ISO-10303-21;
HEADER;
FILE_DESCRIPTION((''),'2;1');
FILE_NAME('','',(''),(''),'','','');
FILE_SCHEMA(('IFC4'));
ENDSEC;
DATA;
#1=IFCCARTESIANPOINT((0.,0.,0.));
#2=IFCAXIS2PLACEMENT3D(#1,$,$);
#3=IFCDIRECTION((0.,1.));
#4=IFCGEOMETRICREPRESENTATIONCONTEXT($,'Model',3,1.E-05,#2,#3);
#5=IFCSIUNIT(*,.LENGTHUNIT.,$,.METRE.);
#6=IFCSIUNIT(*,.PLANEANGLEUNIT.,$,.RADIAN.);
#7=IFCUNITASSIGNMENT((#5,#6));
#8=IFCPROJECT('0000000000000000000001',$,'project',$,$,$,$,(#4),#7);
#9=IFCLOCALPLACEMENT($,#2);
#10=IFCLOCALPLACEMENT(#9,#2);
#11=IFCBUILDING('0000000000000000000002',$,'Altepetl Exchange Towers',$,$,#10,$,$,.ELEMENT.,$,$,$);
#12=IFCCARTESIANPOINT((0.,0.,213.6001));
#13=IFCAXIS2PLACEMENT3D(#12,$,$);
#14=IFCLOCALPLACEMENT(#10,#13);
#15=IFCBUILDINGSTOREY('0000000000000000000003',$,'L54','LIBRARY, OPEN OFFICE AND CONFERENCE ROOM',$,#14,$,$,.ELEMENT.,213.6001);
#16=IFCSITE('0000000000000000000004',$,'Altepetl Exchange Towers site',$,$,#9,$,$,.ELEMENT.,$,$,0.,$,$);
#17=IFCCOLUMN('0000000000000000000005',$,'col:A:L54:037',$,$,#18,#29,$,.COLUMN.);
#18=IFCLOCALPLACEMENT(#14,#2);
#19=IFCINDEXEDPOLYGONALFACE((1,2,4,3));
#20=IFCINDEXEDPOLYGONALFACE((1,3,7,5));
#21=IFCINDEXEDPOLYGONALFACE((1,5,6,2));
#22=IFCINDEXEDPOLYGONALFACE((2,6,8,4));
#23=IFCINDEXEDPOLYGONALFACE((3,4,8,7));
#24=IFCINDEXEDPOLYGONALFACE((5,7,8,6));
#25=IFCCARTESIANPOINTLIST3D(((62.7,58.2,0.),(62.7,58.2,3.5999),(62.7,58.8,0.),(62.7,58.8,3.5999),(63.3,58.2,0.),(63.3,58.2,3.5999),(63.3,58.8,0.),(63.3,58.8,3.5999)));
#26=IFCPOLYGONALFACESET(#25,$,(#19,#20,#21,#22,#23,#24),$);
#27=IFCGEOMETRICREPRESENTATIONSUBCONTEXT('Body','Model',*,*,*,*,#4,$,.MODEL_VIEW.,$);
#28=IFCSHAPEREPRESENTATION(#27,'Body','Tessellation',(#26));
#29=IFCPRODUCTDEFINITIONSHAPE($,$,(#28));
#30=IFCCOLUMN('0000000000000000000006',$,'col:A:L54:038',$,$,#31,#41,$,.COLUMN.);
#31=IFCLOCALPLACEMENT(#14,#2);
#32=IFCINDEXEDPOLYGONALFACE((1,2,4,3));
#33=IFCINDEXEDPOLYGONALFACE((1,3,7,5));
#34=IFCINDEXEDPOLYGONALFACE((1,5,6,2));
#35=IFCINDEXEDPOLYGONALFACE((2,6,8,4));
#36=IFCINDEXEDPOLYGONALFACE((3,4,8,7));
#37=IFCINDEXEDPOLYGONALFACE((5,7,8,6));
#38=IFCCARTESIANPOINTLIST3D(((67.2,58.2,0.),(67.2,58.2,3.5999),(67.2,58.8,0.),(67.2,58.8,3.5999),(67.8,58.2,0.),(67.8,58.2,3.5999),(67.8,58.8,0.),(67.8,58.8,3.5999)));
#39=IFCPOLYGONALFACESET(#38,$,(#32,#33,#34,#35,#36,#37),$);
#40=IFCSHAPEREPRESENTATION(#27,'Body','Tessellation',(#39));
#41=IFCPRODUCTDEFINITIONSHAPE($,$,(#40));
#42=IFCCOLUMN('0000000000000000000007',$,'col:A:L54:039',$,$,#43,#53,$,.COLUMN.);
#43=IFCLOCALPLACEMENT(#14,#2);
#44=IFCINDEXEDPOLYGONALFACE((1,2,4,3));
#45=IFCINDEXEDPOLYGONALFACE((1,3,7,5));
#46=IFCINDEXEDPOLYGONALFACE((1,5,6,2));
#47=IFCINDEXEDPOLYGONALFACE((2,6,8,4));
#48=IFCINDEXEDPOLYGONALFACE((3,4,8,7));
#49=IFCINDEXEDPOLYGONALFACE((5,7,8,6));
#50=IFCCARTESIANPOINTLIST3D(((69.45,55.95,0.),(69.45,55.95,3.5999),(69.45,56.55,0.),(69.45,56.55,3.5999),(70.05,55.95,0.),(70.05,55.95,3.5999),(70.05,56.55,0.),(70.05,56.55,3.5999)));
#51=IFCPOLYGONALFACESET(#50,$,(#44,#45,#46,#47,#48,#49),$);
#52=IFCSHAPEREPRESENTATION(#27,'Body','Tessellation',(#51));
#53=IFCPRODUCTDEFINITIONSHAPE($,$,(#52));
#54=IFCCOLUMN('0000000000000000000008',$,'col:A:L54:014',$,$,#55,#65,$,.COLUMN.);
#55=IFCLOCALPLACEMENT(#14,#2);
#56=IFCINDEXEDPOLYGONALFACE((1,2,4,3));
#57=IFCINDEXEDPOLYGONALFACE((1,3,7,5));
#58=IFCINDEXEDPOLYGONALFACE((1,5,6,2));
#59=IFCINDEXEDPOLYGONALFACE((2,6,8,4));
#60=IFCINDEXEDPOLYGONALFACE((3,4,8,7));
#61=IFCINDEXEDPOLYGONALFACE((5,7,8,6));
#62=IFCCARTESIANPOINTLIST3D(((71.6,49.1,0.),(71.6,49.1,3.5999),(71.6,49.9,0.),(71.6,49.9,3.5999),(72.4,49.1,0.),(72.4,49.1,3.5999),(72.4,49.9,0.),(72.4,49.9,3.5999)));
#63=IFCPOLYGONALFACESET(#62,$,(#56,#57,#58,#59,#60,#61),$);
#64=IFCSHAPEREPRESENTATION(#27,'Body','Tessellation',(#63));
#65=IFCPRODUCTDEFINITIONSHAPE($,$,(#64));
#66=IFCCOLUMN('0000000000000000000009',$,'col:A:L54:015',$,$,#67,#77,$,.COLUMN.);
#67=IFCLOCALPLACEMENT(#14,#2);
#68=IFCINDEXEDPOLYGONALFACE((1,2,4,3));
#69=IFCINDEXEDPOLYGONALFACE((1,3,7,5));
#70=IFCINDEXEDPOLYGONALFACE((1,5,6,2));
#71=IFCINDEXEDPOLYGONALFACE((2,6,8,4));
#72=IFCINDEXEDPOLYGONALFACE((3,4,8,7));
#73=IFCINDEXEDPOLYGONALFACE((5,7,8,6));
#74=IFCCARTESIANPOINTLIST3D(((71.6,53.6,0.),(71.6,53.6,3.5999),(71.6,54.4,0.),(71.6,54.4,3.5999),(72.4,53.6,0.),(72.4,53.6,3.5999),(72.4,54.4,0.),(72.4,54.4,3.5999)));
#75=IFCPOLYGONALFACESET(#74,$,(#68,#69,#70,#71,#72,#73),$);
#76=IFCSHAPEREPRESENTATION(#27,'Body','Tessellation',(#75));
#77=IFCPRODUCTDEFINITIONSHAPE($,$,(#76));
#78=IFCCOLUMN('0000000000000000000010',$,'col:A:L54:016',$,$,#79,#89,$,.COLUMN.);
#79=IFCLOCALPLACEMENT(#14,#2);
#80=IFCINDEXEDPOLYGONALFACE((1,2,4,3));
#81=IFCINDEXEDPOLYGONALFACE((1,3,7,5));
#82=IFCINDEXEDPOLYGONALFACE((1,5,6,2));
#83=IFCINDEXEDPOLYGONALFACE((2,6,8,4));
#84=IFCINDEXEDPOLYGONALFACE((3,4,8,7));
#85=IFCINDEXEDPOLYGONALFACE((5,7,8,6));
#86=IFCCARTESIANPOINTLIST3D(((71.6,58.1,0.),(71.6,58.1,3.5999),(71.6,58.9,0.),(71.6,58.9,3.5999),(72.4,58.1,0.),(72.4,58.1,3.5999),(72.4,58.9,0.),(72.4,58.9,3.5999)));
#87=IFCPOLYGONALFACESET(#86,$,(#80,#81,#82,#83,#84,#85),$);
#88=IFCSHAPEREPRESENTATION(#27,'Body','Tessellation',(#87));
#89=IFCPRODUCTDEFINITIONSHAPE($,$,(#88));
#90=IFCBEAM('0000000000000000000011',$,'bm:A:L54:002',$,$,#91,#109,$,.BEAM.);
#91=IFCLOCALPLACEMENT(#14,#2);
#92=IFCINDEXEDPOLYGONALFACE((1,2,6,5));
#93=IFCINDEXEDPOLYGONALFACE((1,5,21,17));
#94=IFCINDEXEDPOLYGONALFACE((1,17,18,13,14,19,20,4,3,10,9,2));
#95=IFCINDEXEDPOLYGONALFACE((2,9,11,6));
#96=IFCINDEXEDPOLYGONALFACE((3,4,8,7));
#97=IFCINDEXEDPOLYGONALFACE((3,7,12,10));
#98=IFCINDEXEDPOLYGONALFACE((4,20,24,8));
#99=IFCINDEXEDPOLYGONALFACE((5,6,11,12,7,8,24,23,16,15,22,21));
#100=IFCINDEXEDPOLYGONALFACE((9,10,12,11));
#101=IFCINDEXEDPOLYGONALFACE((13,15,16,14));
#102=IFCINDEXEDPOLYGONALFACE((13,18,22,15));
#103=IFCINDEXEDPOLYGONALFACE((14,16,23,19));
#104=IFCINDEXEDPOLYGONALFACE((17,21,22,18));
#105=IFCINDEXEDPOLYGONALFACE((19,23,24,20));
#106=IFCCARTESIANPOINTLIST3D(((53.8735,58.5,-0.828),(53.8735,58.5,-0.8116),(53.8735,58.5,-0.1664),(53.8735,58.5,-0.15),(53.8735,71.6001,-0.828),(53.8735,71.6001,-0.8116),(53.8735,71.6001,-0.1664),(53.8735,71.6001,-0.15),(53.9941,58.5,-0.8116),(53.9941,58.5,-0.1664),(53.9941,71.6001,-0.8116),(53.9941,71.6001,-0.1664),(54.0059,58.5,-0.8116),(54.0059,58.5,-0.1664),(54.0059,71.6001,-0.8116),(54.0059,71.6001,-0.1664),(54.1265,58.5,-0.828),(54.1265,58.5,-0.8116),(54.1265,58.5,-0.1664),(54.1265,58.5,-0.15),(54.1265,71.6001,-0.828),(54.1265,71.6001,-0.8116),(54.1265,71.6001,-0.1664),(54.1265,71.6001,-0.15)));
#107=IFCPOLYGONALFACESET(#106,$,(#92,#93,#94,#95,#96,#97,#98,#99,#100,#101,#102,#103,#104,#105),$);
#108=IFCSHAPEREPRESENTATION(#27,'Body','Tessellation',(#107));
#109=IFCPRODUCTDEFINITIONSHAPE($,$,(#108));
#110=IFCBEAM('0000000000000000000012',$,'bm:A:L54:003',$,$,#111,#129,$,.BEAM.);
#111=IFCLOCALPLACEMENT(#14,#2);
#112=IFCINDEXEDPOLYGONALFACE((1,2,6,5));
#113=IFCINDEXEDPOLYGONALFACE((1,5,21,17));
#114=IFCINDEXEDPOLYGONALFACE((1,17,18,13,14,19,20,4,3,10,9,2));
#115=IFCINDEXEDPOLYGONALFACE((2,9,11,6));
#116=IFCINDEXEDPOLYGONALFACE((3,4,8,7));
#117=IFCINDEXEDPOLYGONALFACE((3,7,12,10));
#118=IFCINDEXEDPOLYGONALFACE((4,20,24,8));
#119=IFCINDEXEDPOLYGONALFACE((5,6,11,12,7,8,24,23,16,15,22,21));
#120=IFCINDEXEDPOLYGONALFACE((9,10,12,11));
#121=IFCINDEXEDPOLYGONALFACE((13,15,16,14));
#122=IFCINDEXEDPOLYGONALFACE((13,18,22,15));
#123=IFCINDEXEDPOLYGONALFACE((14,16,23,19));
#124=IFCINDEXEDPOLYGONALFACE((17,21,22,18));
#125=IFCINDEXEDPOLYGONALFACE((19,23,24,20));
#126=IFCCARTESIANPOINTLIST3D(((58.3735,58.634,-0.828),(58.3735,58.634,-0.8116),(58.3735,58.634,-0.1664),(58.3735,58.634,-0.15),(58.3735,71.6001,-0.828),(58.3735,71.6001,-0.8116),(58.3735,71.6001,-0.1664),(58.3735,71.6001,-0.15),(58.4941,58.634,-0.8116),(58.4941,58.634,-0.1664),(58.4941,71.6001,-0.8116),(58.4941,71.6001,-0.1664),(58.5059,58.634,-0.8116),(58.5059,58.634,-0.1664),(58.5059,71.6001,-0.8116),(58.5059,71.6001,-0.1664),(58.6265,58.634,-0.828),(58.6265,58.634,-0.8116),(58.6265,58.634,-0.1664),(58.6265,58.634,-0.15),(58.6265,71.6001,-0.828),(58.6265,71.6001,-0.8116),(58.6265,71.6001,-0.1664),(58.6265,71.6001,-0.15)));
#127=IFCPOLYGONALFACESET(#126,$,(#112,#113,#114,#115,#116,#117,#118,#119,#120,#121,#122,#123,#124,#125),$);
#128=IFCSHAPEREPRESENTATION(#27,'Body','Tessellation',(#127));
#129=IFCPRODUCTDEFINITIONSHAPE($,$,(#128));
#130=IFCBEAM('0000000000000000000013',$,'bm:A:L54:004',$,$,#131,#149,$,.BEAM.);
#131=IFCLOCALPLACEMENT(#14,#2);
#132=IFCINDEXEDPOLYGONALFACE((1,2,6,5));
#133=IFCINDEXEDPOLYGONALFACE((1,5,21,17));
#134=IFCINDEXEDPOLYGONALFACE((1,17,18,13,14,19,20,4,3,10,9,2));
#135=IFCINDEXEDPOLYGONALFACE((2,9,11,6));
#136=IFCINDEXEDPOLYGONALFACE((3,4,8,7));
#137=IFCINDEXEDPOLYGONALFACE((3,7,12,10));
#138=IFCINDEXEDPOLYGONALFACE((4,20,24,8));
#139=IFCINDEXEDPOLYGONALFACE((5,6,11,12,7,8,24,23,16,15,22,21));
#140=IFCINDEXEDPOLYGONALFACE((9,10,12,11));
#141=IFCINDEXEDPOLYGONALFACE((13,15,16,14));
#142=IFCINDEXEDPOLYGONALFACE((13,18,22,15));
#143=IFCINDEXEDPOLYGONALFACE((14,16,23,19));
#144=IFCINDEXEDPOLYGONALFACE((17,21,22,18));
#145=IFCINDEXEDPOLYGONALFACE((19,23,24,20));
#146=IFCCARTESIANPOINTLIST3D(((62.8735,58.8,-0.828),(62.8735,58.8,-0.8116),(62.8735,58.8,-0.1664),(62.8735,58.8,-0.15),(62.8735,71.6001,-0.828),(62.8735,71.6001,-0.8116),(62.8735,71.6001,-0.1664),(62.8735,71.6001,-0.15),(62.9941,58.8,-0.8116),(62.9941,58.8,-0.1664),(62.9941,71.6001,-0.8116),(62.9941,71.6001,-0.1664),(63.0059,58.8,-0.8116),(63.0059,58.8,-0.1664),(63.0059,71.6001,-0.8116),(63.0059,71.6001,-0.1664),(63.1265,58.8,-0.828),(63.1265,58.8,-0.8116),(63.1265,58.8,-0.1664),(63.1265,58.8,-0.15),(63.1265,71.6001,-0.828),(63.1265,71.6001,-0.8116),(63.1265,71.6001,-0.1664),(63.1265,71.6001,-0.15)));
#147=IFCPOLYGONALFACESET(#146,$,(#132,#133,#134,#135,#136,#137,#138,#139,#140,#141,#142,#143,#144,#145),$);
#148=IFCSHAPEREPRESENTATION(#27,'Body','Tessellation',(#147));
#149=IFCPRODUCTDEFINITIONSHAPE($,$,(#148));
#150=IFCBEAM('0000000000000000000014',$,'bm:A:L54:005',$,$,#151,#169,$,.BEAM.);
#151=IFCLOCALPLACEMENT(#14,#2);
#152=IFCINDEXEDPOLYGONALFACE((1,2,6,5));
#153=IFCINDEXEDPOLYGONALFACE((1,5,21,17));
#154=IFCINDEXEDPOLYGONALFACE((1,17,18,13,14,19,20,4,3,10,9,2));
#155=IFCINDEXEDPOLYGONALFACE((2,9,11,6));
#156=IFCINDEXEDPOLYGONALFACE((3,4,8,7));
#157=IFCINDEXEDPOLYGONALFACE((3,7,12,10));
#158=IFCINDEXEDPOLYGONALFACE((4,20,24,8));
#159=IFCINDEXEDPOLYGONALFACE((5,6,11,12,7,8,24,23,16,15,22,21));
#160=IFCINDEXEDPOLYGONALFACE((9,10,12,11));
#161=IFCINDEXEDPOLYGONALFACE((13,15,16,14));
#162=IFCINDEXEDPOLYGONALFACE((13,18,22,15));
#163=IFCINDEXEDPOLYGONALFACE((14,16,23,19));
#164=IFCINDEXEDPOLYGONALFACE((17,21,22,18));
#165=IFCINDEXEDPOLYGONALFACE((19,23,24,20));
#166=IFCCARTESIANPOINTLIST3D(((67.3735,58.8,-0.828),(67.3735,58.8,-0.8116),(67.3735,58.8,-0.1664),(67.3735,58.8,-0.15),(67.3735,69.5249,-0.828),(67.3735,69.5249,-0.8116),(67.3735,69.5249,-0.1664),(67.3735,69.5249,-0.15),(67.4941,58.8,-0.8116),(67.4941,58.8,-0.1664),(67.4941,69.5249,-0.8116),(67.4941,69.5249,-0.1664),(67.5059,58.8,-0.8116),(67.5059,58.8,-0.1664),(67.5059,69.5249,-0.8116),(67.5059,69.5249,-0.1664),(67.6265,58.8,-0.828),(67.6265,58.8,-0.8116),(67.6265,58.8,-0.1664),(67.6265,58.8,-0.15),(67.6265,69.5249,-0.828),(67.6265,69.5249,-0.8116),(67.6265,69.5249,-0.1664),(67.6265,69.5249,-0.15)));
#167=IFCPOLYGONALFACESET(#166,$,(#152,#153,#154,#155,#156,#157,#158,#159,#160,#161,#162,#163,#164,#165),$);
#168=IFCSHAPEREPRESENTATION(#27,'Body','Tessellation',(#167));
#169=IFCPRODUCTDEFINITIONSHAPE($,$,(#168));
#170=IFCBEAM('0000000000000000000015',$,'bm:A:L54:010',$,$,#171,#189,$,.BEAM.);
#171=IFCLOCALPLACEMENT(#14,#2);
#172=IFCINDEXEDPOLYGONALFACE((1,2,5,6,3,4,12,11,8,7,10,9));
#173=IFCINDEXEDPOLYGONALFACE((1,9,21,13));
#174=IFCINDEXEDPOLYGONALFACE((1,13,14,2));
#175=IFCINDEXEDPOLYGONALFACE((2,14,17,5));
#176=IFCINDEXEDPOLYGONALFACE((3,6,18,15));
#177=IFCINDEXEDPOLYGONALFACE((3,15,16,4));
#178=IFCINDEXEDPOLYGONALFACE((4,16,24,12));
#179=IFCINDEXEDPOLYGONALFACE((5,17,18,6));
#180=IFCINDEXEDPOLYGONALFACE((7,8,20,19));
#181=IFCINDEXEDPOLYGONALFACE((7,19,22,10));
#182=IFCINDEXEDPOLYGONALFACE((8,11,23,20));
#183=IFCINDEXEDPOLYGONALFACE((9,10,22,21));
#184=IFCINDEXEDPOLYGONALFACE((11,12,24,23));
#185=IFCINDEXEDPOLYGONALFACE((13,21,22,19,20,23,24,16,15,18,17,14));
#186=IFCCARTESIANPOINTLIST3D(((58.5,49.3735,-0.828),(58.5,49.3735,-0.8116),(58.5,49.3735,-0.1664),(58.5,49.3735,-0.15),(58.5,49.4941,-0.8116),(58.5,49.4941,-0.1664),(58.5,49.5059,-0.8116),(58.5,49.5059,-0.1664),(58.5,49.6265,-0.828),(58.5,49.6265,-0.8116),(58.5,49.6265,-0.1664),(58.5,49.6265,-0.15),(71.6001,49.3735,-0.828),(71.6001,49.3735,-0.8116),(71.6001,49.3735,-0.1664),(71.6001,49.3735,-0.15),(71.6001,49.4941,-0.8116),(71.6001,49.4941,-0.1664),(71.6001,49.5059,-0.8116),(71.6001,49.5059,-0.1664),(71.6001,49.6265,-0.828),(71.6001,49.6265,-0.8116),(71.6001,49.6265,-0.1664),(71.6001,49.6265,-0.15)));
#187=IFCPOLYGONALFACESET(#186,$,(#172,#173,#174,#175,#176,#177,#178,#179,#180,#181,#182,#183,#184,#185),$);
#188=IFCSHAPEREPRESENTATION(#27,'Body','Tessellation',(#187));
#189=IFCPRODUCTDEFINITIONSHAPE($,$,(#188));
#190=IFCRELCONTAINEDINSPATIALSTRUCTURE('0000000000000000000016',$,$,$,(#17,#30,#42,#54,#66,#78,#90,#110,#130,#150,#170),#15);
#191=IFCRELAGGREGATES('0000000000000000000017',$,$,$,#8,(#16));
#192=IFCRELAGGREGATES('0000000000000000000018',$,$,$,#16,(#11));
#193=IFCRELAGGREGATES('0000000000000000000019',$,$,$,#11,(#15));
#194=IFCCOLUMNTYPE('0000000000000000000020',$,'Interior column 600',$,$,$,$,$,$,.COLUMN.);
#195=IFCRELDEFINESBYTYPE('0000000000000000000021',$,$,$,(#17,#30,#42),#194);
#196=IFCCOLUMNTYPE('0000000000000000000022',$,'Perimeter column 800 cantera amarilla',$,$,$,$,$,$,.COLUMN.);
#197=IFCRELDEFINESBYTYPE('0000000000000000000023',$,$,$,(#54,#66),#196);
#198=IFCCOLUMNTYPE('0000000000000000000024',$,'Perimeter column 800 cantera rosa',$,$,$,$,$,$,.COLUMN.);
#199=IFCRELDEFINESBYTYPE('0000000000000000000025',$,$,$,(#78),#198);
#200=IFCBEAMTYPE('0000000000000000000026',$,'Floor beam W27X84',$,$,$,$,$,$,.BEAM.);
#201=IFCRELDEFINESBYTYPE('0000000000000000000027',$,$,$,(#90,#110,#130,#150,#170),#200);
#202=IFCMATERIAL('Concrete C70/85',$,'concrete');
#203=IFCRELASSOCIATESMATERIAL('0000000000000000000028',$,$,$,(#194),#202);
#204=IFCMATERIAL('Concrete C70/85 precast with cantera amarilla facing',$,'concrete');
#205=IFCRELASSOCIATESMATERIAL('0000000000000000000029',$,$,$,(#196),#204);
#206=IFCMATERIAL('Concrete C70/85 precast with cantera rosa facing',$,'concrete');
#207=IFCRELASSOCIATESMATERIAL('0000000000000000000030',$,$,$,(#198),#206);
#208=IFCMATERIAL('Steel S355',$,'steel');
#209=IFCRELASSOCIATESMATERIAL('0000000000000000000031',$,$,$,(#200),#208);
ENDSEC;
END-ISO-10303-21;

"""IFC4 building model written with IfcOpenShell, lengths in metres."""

from ifc_helpers import new_model, si_unit, direction, frame, origin, origin_2d, place, context, subcontext, project, spatial, rectangle, i_section, extrude, material, material_profile, profile_set, type_object, element, save


model = new_model("IFC4")

# Units and contexts
model_context = context("Model", 3, precision=1e-05, world=origin(), true_north=direction((0.0, 1.0)))
body_context = subcontext(model_context, "Body", "Model", "MODEL_VIEW")
ifc_project = project(units=[si_unit("LENGTHUNIT", "METRE"), si_unit("PLANEANGLEUNIT", "RADIAN")], contexts=[model_context])

# Site, building, storey
site_placement = place(None, origin())
site = spatial("IfcSite", under=ifc_project, at=site_placement, Name="Altepetl Exchange Towers site", CompositionType="ELEMENT", RefElevation=0.0)
building_placement = place(site_placement, origin())
building = spatial("IfcBuilding", under=site, at=building_placement, Name="Altepetl Exchange Towers", CompositionType="ELEMENT")
storey_placement = place(building_placement, frame((0.0, 0.0, 213.6001)))
storey = spatial("IfcBuildingStorey", under=building, at=storey_placement, Name="L54", Description="LIBRARY, OPEN OFFICE AND CONFERENCE ROOM", CompositionType="ELEMENT", Elevation=213.6001)

# Columns
ifc_material_1 = material(Name="Concrete C70/85", Category="concrete")
ifc_material_profile_1 = material_profile(ifc_material_1, rectangle(XDim=0.6001, YDim=0.6001, at=origin_2d()), Name="600 x 600")
ifc_profile_set_1 = profile_set([ifc_material_profile_1], Name="Concrete C70/85")
column_type_1 = type_object("IfcColumnType", Name="Interior column 600", PredefinedType="COLUMN", material=ifc_profile_set_1)
for number, where, name in (
    (1, (63.0, 58.5, 0.0), "col:A:L54:037"),
    (2, (67.5, 58.5, 0.0), "col:A:L54:038"),
    (3, (69.75, 56.25, 0.0), "col:A:L54:039"),
):
    element("IfcColumn", number, at=place(storey_placement, frame(where)), inside=storey, type_object=column_type_1, Name=name, PredefinedType="COLUMN", context=body_context, shape_type="SweptSolid", body=[
        extrude(rectangle(XDim=0.6001, YDim=0.6001, at=origin_2d()), origin(), (0.0, 0.0, 1.0), 3.5999),
    ])
ifc_material_2 = material(Name="Concrete C70/85 precast with cantera amarilla facing", Category="concrete")
ifc_material_profile_2 = material_profile(ifc_material_2, rectangle(XDim=0.8, YDim=0.8, at=origin_2d()), Name="800 x 800")
ifc_profile_set_2 = profile_set([ifc_material_profile_2], Name="Concrete C70/85 precast with cantera amarilla facing")
column_type_2 = type_object("IfcColumnType", Name="Perimeter column 800 cantera amarilla", PredefinedType="COLUMN", material=ifc_profile_set_2)
for number, where, name in (
    (4, (72.0, 49.5, 0.0), "col:A:L54:014"),
    (5, (72.0, 54.0, 0.0), "col:A:L54:015"),
):
    element("IfcColumn", number, at=place(storey_placement, frame(where)), inside=storey, type_object=column_type_2, Name=name, PredefinedType="COLUMN", context=body_context, shape_type="SweptSolid", body=[
        extrude(rectangle(XDim=0.8, YDim=0.8, at=origin_2d()), origin(), (0.0, 0.0, 1.0), 3.5999),
    ])
ifc_material_3 = material(Name="Concrete C70/85 precast with cantera rosa facing", Category="concrete")
ifc_material_profile_3 = material_profile(ifc_material_3, rectangle(XDim=0.8, YDim=0.8, at=origin_2d()), Name="800 x 800")
ifc_profile_set_3 = profile_set([ifc_material_profile_3], Name="Concrete C70/85 precast with cantera rosa facing")
column_type_3 = type_object("IfcColumnType", Name="Perimeter column 800 cantera rosa", PredefinedType="COLUMN", material=ifc_profile_set_3)
column_placement = place(storey_placement, frame((72.0, 58.5, 0.0)))
element("IfcColumn", 6, at=column_placement, inside=storey, type_object=column_type_3, Name="col:A:L54:016", PredefinedType="COLUMN", context=body_context, shape_type="SweptSolid", body=[
    extrude(rectangle(XDim=0.8, YDim=0.8, at=origin_2d()), origin(), (0.0, 0.0, 1.0), 3.5999),
])

# Beams
ifc_material_4 = material(Name="Steel S355", Category="steel")
ifc_material_profile_4 = material_profile(ifc_material_4, i_section(OverallWidth=0.2529, OverallDepth=0.678, WebThickness=0.0117, FlangeThickness=0.0164, at=origin_2d()), Name="W27X84")
ifc_profile_set_4 = profile_set([ifc_material_profile_4], Name="Steel S355")
beam_type_1 = type_object("IfcBeamType", Name="Floor beam W27X84", PredefinedType="BEAM", material=ifc_profile_set_4)
beam_1_placement = place(storey_placement, frame((54.0, 58.5, -0.489), z_axis=(0.0, 1.0, 0.0), x_axis=(-1.0, 0.0, 0.0)))
element("IfcBeam", 7, at=beam_1_placement, inside=storey, type_object=beam_type_1, Name="bm:A:L54:002", PredefinedType="BEAM", context=body_context, shape_type="SweptSolid", body=[
    extrude(i_section(OverallWidth=0.2529, OverallDepth=0.678, WebThickness=0.0117, FlangeThickness=0.0164, at=origin_2d()), origin(), (0.0, 0.0, 1.0), 13.1001),
])
beam_2_placement = place(storey_placement, frame((58.5, 58.634, -0.489), z_axis=(0.0, 1.0, 0.0), x_axis=(-1.0, 0.0, 0.0)))
element("IfcBeam", 8, at=beam_2_placement, inside=storey, type_object=beam_type_1, Name="bm:A:L54:003", PredefinedType="BEAM", context=body_context, shape_type="SweptSolid", body=[
    extrude(i_section(OverallWidth=0.2529, OverallDepth=0.678, WebThickness=0.0117, FlangeThickness=0.0164, at=origin_2d()), origin(), (0.0, 0.0, 1.0), 12.9661),
])
beam_3_placement = place(storey_placement, frame((63.0, 58.8, -0.489), z_axis=(0.0, 1.0, 0.0), x_axis=(-1.0, 0.0, 0.0)))
element("IfcBeam", 9, at=beam_3_placement, inside=storey, type_object=beam_type_1, Name="bm:A:L54:004", PredefinedType="BEAM", context=body_context, shape_type="SweptSolid", body=[
    extrude(i_section(OverallWidth=0.2529, OverallDepth=0.678, WebThickness=0.0117, FlangeThickness=0.0164, at=origin_2d()), origin(), (0.0, 0.0, 1.0), 12.8),
])
beam_4_placement = place(storey_placement, frame((67.5, 58.8, -0.489), z_axis=(0.0, 1.0, 0.0), x_axis=(-1.0, 0.0, 0.0)))
element("IfcBeam", 10, at=beam_4_placement, inside=storey, type_object=beam_type_1, Name="bm:A:L54:005", PredefinedType="BEAM", context=body_context, shape_type="SweptSolid", body=[
    extrude(i_section(OverallWidth=0.2529, OverallDepth=0.678, WebThickness=0.0117, FlangeThickness=0.0164, at=origin_2d()), origin(), (0.0, 0.0, 1.0), 10.7249),
])
for number, where, z_axis, x_axis, name in (
    (11, (58.5, 49.5, -0.489), (1.0, 0.0, 0.0), (0.0, 1.0, 0.0), "bm:A:L54:010"),
):
    element("IfcBeam", number, at=place(storey_placement, frame(where, z_axis=z_axis, x_axis=x_axis)), inside=storey, type_object=beam_type_1, Name=name, PredefinedType="BEAM", context=body_context, shape_type="SweptSolid", body=[
        extrude(i_section(OverallWidth=0.2529, OverallDepth=0.678, WebThickness=0.0117, FlangeThickness=0.0164, at=origin_2d()), origin(), (0.0, 0.0, 1.0), 13.1001),
    ])

save(model, "model.ifc")
